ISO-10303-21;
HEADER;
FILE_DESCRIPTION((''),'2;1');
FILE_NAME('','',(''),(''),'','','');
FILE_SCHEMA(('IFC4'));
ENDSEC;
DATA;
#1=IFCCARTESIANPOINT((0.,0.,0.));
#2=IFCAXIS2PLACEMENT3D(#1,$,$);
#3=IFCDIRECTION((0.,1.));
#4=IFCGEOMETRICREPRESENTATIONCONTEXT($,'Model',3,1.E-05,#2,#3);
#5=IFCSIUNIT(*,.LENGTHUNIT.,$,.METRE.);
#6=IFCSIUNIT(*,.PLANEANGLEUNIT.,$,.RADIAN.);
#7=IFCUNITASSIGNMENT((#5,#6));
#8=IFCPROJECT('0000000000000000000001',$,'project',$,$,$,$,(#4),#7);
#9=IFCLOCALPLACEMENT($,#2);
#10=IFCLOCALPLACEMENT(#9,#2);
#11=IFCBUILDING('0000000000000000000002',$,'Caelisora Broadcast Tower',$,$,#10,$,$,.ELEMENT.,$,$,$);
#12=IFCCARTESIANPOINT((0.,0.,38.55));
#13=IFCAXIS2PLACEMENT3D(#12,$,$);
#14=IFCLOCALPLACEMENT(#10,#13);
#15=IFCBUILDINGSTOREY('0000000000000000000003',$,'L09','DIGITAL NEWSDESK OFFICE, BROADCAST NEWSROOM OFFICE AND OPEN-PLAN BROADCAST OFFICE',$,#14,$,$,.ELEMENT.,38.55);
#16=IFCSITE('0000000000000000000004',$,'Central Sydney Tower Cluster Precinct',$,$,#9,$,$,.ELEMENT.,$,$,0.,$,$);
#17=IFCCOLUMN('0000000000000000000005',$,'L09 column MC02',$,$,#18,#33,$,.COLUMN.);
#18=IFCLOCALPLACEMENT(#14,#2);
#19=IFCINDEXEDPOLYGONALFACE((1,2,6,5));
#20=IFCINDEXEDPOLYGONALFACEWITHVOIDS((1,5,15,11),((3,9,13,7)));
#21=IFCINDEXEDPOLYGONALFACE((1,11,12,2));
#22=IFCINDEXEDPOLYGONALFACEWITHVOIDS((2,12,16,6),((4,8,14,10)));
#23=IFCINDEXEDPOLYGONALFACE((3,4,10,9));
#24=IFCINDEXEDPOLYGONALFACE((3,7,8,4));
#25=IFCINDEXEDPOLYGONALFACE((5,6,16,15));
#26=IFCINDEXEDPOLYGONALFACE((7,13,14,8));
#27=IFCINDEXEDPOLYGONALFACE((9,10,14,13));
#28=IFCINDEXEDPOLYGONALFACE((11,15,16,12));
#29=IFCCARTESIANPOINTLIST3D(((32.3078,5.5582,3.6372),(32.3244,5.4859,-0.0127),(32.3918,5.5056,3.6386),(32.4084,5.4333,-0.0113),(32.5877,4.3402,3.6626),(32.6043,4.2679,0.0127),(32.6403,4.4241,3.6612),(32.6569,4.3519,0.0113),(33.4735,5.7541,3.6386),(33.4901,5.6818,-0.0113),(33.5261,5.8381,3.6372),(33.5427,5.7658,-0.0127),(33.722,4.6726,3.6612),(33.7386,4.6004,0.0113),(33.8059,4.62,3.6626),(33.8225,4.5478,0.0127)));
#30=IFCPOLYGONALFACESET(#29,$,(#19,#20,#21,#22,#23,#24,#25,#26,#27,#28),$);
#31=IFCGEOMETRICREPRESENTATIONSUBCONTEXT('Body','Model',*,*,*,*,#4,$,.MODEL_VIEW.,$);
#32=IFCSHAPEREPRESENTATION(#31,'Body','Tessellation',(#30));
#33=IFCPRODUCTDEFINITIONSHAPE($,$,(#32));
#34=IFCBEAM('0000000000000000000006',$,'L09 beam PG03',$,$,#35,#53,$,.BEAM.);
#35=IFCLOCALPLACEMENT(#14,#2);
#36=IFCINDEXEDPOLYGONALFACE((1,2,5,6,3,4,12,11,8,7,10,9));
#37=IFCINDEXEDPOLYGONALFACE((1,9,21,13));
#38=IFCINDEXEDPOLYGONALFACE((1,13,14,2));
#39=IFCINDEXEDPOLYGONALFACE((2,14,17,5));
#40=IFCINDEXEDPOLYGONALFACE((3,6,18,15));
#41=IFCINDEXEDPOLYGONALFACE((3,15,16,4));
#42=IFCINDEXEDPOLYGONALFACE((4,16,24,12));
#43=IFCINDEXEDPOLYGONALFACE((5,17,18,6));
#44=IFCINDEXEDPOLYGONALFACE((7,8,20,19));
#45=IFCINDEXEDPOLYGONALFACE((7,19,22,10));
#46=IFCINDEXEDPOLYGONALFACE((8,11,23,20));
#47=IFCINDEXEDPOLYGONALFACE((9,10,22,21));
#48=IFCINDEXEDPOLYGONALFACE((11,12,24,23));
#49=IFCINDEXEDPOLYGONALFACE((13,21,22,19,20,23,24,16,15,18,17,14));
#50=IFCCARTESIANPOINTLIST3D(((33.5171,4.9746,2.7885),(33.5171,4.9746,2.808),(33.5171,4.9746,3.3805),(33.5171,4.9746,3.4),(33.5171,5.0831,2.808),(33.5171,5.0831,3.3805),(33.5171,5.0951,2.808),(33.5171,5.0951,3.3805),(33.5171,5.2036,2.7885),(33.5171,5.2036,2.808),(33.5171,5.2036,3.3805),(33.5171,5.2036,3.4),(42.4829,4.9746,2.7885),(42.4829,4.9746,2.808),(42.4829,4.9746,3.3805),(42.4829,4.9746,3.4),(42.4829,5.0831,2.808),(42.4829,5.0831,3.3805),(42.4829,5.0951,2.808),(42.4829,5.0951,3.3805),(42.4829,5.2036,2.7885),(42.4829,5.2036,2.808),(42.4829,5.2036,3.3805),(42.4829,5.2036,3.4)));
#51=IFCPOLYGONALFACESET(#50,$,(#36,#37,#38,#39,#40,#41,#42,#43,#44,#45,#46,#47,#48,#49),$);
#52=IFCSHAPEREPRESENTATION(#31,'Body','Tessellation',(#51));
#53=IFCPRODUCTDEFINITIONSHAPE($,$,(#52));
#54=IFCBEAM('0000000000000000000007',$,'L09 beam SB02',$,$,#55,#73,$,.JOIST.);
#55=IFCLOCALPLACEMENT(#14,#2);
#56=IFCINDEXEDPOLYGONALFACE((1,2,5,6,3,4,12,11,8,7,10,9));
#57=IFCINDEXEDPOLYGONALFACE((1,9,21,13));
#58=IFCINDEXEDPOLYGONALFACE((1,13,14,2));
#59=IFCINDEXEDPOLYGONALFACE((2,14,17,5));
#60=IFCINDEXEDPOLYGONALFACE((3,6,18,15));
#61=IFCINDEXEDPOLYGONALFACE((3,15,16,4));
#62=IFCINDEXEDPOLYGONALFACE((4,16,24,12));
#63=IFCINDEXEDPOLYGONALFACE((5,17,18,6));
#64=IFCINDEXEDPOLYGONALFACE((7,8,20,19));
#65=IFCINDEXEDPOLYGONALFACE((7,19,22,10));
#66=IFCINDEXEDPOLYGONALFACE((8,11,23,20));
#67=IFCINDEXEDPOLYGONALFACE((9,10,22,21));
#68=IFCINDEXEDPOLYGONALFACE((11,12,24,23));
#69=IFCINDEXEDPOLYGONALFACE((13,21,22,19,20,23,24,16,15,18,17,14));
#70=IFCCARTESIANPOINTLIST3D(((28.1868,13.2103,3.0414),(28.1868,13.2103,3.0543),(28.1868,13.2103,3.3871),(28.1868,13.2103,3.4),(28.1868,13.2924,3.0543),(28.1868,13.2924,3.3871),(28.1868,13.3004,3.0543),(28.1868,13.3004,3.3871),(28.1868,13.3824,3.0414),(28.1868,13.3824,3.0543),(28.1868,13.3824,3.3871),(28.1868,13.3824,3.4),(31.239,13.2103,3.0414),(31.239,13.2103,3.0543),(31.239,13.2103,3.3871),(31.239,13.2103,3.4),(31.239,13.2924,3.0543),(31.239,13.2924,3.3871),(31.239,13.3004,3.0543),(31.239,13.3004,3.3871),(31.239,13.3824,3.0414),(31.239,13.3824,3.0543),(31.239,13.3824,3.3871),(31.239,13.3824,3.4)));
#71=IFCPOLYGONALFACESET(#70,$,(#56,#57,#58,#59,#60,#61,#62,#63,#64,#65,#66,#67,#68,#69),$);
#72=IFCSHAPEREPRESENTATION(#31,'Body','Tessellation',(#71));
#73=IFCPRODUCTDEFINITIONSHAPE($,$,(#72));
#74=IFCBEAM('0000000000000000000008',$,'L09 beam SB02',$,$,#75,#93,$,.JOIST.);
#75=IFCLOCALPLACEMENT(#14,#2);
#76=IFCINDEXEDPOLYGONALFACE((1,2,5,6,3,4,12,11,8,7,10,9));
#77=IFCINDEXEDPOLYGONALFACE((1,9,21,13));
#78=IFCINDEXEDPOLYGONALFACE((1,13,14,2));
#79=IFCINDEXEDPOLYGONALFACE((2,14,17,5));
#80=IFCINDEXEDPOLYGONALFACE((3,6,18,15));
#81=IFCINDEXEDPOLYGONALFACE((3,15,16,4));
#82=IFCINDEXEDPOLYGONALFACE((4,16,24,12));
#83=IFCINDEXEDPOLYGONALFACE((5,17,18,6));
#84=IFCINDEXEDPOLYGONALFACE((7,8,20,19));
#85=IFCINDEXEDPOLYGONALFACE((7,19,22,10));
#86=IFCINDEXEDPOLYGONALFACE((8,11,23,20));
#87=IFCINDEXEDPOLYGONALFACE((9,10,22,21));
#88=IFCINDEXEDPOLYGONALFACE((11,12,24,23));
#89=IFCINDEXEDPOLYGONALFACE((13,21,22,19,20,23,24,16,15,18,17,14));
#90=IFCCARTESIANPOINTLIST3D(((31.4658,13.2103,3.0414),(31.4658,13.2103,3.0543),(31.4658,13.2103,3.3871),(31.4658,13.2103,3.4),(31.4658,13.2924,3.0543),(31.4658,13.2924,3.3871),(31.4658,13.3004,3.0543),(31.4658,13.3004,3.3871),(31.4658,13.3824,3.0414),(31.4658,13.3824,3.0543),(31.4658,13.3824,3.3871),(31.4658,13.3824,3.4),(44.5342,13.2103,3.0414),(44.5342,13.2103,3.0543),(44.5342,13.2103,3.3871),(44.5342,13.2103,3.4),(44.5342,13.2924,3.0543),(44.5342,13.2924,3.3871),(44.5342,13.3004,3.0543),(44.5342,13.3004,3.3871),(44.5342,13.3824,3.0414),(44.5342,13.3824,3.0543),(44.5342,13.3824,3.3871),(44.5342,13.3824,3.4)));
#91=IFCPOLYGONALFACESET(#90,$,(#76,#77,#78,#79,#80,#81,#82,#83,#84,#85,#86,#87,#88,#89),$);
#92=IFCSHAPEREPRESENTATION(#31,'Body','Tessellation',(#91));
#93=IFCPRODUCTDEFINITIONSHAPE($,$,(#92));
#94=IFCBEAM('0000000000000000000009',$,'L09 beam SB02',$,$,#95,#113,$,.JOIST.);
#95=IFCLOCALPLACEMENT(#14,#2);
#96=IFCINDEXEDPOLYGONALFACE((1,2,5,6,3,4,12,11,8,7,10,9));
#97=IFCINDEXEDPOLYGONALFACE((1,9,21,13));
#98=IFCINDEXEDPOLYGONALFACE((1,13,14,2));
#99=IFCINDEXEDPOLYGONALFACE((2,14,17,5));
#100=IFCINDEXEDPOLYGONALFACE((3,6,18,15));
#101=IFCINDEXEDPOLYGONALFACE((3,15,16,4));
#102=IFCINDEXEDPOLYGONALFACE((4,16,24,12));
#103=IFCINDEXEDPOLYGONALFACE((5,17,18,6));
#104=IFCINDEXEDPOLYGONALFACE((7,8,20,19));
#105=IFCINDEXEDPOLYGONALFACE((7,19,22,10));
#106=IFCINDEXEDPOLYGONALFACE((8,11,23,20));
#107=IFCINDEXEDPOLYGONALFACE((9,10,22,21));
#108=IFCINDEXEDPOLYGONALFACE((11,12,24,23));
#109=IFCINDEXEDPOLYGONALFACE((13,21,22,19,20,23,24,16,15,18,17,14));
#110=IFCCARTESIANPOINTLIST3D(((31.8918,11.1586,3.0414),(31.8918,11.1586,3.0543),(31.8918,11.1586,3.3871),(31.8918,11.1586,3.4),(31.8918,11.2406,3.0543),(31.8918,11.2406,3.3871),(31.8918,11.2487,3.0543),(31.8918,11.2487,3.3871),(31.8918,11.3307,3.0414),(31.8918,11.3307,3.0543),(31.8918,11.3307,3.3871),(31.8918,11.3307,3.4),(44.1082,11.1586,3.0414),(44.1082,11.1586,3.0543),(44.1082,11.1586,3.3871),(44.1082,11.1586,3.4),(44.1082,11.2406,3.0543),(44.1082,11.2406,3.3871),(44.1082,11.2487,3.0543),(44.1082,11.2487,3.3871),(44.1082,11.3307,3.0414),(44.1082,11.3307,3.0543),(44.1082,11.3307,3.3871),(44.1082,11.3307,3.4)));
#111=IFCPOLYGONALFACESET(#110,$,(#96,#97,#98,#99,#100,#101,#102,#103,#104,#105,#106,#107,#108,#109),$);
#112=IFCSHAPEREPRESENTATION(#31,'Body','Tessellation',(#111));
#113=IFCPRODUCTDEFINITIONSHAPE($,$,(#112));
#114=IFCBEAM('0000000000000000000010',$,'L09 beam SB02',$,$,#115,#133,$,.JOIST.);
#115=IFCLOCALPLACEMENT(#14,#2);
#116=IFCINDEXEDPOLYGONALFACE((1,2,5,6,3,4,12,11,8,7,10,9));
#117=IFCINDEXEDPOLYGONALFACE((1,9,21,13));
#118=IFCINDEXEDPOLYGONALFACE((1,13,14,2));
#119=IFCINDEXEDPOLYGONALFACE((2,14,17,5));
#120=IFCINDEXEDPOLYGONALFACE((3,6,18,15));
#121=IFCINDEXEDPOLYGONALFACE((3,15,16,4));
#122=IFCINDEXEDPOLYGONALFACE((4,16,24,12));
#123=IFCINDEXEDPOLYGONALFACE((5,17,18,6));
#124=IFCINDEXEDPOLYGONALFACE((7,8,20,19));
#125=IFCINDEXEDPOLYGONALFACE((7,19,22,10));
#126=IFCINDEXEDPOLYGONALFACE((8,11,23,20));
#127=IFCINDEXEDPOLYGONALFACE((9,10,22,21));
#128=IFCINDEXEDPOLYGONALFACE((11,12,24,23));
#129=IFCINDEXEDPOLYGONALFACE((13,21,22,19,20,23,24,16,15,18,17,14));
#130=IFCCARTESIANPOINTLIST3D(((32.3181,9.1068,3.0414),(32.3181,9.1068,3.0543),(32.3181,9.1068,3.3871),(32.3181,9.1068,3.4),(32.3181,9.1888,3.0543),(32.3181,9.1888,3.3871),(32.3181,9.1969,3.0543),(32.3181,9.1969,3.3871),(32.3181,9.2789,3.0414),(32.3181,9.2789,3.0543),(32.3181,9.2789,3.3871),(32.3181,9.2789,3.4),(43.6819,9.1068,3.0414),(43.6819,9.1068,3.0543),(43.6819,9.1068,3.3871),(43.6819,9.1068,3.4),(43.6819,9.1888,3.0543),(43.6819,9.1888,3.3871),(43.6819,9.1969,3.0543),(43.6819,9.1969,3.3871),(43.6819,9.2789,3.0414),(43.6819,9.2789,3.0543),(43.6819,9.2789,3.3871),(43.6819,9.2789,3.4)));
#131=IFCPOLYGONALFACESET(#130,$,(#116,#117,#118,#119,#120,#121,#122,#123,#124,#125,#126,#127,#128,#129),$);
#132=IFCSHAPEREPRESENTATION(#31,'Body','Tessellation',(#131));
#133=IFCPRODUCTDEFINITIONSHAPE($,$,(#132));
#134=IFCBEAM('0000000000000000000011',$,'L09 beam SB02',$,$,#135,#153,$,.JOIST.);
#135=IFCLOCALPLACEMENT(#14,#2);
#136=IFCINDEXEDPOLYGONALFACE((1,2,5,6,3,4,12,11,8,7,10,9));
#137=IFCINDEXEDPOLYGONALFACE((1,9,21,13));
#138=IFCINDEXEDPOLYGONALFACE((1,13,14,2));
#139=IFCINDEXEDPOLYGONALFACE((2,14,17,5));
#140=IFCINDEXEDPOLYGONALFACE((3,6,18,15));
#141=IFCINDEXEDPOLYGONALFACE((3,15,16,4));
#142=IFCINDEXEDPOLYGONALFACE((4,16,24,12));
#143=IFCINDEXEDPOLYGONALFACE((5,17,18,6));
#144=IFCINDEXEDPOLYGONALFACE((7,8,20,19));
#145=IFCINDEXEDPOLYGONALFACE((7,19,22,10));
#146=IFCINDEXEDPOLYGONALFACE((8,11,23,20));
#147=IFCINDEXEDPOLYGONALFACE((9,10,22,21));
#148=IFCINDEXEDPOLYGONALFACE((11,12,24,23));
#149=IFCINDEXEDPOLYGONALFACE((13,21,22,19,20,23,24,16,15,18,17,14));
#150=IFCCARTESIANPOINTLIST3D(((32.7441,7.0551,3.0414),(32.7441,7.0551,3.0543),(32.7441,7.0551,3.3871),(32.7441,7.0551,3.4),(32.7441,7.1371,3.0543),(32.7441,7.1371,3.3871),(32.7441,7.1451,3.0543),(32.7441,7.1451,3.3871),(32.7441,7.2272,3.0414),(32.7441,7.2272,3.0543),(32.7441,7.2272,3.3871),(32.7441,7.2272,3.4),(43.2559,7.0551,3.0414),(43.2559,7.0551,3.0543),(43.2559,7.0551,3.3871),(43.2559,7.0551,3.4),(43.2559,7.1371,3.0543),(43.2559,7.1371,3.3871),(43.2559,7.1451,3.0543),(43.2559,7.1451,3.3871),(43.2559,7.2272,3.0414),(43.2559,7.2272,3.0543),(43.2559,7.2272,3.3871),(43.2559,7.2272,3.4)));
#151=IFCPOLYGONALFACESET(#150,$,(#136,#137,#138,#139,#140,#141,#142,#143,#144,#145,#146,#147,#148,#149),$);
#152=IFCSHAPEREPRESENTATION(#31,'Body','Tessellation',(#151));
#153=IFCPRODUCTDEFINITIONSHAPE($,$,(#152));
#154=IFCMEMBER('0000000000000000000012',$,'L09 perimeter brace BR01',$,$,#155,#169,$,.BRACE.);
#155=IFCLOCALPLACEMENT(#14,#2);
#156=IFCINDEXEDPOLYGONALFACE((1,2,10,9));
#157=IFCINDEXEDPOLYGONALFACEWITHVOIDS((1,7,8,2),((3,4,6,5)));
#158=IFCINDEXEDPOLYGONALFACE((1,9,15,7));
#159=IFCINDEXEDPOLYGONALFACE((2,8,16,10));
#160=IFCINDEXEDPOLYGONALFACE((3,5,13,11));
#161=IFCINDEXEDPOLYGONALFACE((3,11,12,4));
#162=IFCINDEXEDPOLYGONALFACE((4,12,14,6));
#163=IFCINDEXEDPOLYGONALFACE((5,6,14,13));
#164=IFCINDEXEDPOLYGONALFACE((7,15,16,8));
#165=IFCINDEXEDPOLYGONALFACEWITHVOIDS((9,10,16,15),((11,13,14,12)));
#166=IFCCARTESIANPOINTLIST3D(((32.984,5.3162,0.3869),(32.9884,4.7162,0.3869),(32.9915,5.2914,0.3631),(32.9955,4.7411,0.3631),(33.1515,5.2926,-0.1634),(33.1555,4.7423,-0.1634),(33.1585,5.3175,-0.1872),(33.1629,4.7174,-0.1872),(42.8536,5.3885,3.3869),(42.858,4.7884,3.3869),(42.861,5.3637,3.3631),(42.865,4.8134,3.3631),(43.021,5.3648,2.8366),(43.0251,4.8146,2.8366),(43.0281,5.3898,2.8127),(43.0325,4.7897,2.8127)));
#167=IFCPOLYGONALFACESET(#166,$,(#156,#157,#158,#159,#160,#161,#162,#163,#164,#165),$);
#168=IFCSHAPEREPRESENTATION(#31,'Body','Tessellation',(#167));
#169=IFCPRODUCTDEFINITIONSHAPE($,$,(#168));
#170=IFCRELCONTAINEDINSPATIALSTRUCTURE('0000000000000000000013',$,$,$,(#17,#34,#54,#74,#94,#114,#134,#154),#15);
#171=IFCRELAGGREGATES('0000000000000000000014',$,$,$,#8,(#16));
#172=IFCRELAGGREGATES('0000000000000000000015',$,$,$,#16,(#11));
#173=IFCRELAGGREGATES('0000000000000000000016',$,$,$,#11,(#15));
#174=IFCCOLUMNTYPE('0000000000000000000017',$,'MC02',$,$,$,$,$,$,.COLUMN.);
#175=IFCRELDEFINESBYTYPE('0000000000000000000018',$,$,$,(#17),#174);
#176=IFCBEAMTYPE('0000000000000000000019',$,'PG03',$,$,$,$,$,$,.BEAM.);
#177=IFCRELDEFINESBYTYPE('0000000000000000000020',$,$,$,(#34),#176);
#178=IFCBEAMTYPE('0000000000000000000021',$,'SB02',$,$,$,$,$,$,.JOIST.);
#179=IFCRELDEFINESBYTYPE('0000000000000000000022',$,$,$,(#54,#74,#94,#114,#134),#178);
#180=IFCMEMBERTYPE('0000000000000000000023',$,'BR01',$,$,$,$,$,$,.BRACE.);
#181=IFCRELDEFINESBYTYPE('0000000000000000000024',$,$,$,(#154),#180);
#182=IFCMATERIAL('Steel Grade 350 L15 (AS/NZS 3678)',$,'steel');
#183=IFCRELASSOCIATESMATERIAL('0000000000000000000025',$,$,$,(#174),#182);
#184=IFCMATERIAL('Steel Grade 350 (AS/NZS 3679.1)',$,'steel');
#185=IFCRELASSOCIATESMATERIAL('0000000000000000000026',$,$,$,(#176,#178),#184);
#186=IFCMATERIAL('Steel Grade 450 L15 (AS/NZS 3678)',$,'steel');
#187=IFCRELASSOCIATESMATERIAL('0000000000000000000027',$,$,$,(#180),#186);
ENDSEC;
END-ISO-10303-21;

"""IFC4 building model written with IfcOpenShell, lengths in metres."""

from ifc_helpers import new_model, si_unit, direction, frame, origin, origin_2d, place, context, subcontext, project, spatial, hollow_rectangle, i_section, extrude, source, transform, mapped, material, material_profile, profile_set, type_object, type_shapes, element, save


model = new_model("IFC4")

# Units and contexts
model_context = context("Model", 3, precision=1e-05, world=origin(), true_north=direction((0.0, 1.0)))
body_context = subcontext(model_context, "Body", "Model", "MODEL_VIEW")
ifc_project = project(units=[si_unit("LENGTHUNIT", "METRE"), si_unit("PLANEANGLEUNIT", "RADIAN")], contexts=[model_context])

# Site, building, storey
site_placement = place(None, origin())
site = spatial("IfcSite", under=ifc_project, at=site_placement, Name="Central Sydney Tower Cluster Precinct", CompositionType="ELEMENT", RefElevation=0.0)
building_placement = place(site_placement, origin())
building = spatial("IfcBuilding", under=site, at=building_placement, Name="Caelisora Broadcast Tower", CompositionType="ELEMENT")
storey_placement = place(building_placement, frame((0.0, 0.0, 38.55)))
storey = spatial("IfcBuildingStorey", under=building, at=storey_placement, Name="L09", Description="DIGITAL NEWSDESK OFFICE, BROADCAST NEWSROOM OFFICE AND OPEN-PLAN BROADCAST OFFICE", CompositionType="ELEMENT", Elevation=38.55)

# Column
ifc_material_1 = material(Name="Steel Grade 350 L15 (AS/NZS 3678)", Category="steel")
ifc_material_profile_1 = material_profile(ifc_material_1, hollow_rectangle(XDim=1.25, YDim=1.25, WallThickness=0.0701, at=origin_2d()), Name="Steel Grade 350 L15 (AS/NZS 3678)")
ifc_profile_set_1 = profile_set([ifc_material_profile_1], Name="Steel Grade 350 L15 (AS/NZS 3678)")
column_type = type_object("IfcColumnType", Name="MC02", PredefinedType="COLUMN", material=ifc_profile_set_1)
shared_shape_1 = source(origin(), body_context, "Body", "SweptSolid", [
    extrude(hollow_rectangle(XDim=1.25, YDim=1.25, WallThickness=0.0701, at=origin_2d()), origin(), (0.0, 0.0, 1.0), 3.6506),
])
type_shapes(column_type, [shared_shape_1])
column_placement = place(storey_placement, frame((33.0735, 5.0168, 0.0), z_axis=(-0.004548, 0.019795, 0.999794), x_axis=(-0.974613, -0.223898, 0.0)))
element("IfcColumn", 1, at=column_placement, inside=storey, type_object=column_type, Name="L09 column MC02", PredefinedType="COLUMN", context=body_context, shape_type="MappedRepresentation", body=[
    mapped(shared_shape_1, transform((0.0, 0.0, 0.0), scale=1.0)),
])

# Beams
ifc_material_2 = material(Name="Steel Grade 350 (AS/NZS 3679.1)", Category="steel")
ifc_material_profile_2 = material_profile(ifc_material_2, i_section(OverallWidth=0.229, OverallDepth=0.6116, WebThickness=0.012, FlangeThickness=0.0195, at=origin_2d()), Name="Steel Grade 350 (AS/NZS 3679.1)")
ifc_profile_set_2 = profile_set([ifc_material_profile_2], Name="Steel Grade 350 (AS/NZS 3679.1)")
beam_type_1 = type_object("IfcBeamType", Name="PG03", PredefinedType="BEAM", material=ifc_profile_set_2)
shared_shape_2 = source(origin(), body_context, "Body", "SweptSolid", [
    extrude(i_section(OverallWidth=0.229, OverallDepth=0.6116, WebThickness=0.012, FlangeThickness=0.0195, at=origin_2d()), origin(), (0.0, 0.0, 1.0), 8.9658),
])
type_shapes(beam_type_1, [shared_shape_2])
beam_1_placement = place(storey_placement, frame((33.5171, 5.0891, 3.0942), z_axis=(1.0, 0.0, 0.0), x_axis=(0.0, 1.0, 0.0)))
element("IfcBeam", 2, at=beam_1_placement, inside=storey, type_object=beam_type_1, Name="L09 beam PG03", PredefinedType="BEAM", context=body_context, shape_type="MappedRepresentation", body=[
    mapped(shared_shape_2, transform((0.0, 0.0, 0.0), scale=1.0)),
])
ifc_material_profile_3 = material_profile(ifc_material_2, i_section(OverallWidth=0.1721, OverallDepth=0.3586, WebThickness=0.0081, FlangeThickness=0.0129, at=origin_2d()), Name="Steel Grade 350 (AS/NZS 3679.1)")
ifc_profile_set_3 = profile_set([ifc_material_profile_3], Name="Steel Grade 350 (AS/NZS 3679.1)")
beam_type_2 = type_object("IfcBeamType", Name="SB02", PredefinedType="JOIST", material=ifc_profile_set_3)
shared_shape_3 = source(origin(), body_context, "Body", "SweptSolid", [
    extrude(i_section(OverallWidth=0.1721, OverallDepth=0.3586, WebThickness=0.0081, FlangeThickness=0.0129, at=origin_2d()), origin(), (0.0, 0.0, 1.0), 3.0522),
])
beam_2_placement = place(storey_placement, frame((28.1868, 13.2964, 3.2207), z_axis=(1.0, 0.0, 0.0), x_axis=(0.0, 1.0, 0.0)))
element("IfcBeam", 3, at=beam_2_placement, inside=storey, type_object=beam_type_2, Name="L09 beam SB02", PredefinedType="JOIST", context=body_context, shape_type="MappedRepresentation", body=[
    mapped(shared_shape_3, transform((0.0, 0.0, 0.0), scale=1.0)),
])
shared_shape_4 = source(origin(), body_context, "Body", "SweptSolid", [
    extrude(i_section(OverallWidth=0.1721, OverallDepth=0.3586, WebThickness=0.0081, FlangeThickness=0.0129, at=origin_2d()), origin(), (0.0, 0.0, 1.0), 13.0684),
])
beam_3_placement = place(storey_placement, frame((31.4658, 13.2964, 3.2207), z_axis=(1.0, 0.0, 0.0), x_axis=(0.0, 1.0, 0.0)))
element("IfcBeam", 4, at=beam_3_placement, inside=storey, type_object=beam_type_2, Name="L09 beam SB02", PredefinedType="JOIST", context=body_context, shape_type="MappedRepresentation", body=[
    mapped(shared_shape_4, transform((0.0, 0.0, 0.0), scale=1.0)),
])
shared_shape_5 = source(origin(), body_context, "Body", "SweptSolid", [
    extrude(i_section(OverallWidth=0.1721, OverallDepth=0.3586, WebThickness=0.0081, FlangeThickness=0.0129, at=origin_2d()), origin(), (0.0, 0.0, 1.0), 12.2163),
])
beam_4_placement = place(storey_placement, frame((31.8918, 11.2446, 3.2207), z_axis=(1.0, 0.0, 0.0), x_axis=(0.0, 1.0, 0.0)))
element("IfcBeam", 5, at=beam_4_placement, inside=storey, type_object=beam_type_2, Name="L09 beam SB02", PredefinedType="JOIST", context=body_context, shape_type="MappedRepresentation", body=[
    mapped(shared_shape_5, transform((0.0, 0.0, 0.0), scale=1.0)),
])
shared_shape_6 = source(origin(), body_context, "Body", "SweptSolid", [
    extrude(i_section(OverallWidth=0.1721, OverallDepth=0.3586, WebThickness=0.0081, FlangeThickness=0.0129, at=origin_2d()), origin(), (0.0, 0.0, 1.0), 11.3638),
])
beam_5_placement = place(storey_placement, frame((32.3181, 9.1929, 3.2207), z_axis=(1.0, 0.0, 0.0), x_axis=(0.0, 1.0, 0.0)))
element("IfcBeam", 6, at=beam_5_placement, inside=storey, type_object=beam_type_2, Name="L09 beam SB02", PredefinedType="JOIST", context=body_context, shape_type="MappedRepresentation", body=[
    mapped(shared_shape_6, transform((0.0, 0.0, 0.0), scale=1.0)),
])
shared_shape_7 = source(origin(), body_context, "Body", "SweptSolid", [
    extrude(i_section(OverallWidth=0.1721, OverallDepth=0.3586, WebThickness=0.0081, FlangeThickness=0.0129, at=origin_2d()), origin(), (0.0, 0.0, 1.0), 10.5117),
])
type_shapes(beam_type_2, [shared_shape_3, shared_shape_4, shared_shape_5, shared_shape_6, shared_shape_7])
beam_6_placement = place(storey_placement, frame((32.7441, 7.1411, 3.2207), z_axis=(1.0, 0.0, 0.0), x_axis=(0.0, 1.0, 0.0)))
element("IfcBeam", 7, at=beam_6_placement, inside=storey, type_object=beam_type_2, Name="L09 beam SB02", PredefinedType="JOIST", context=body_context, shape_type="MappedRepresentation", body=[
    mapped(shared_shape_7, transform((0.0, 0.0, 0.0), scale=1.0)),
])

# Member
ifc_material_3 = material(Name="Steel Grade 450 L15 (AS/NZS 3678)", Category="steel")
ifc_material_profile_4 = material_profile(ifc_material_3, hollow_rectangle(XDim=0.6001, YDim=0.6001, WallThickness=0.0249, at=origin_2d()), Name="Steel Grade 450 L15 (AS/NZS 3678)")
ifc_profile_set_4 = profile_set([ifc_material_profile_4], Name="Steel Grade 450 L15 (AS/NZS 3678)")
member_type_1 = type_object("IfcMemberType", Name="BR01", PredefinedType="BRACE", material=ifc_profile_set_4)
shared_shape_8 = source(origin(), body_context, "Body", "SweptSolid", [
    extrude(hollow_rectangle(XDim=0.6001, YDim=0.6001, WallThickness=0.0249, at=origin_2d()), origin(), (0.0, 0.0, 1.0), 10.3157),
])
type_shapes(member_type_1, [shared_shape_8])
member_1_placement = place(storey_placement, frame((33.0735, 5.0168, 0.0999), z_axis=(0.956753, 0.007005, 0.290817), x_axis=(-0.007322, 0.999973, 0.0)))
element("IfcMember", 8, at=member_1_placement, inside=storey, type_object=member_type_1, Name="L09 perimeter brace BR01", PredefinedType="BRACE", context=body_context, shape_type="MappedRepresentation", body=[
    mapped(shared_shape_8, transform((0.0, 0.0, 0.0), scale=1.0)),
])

save(model, "model.ifc")
